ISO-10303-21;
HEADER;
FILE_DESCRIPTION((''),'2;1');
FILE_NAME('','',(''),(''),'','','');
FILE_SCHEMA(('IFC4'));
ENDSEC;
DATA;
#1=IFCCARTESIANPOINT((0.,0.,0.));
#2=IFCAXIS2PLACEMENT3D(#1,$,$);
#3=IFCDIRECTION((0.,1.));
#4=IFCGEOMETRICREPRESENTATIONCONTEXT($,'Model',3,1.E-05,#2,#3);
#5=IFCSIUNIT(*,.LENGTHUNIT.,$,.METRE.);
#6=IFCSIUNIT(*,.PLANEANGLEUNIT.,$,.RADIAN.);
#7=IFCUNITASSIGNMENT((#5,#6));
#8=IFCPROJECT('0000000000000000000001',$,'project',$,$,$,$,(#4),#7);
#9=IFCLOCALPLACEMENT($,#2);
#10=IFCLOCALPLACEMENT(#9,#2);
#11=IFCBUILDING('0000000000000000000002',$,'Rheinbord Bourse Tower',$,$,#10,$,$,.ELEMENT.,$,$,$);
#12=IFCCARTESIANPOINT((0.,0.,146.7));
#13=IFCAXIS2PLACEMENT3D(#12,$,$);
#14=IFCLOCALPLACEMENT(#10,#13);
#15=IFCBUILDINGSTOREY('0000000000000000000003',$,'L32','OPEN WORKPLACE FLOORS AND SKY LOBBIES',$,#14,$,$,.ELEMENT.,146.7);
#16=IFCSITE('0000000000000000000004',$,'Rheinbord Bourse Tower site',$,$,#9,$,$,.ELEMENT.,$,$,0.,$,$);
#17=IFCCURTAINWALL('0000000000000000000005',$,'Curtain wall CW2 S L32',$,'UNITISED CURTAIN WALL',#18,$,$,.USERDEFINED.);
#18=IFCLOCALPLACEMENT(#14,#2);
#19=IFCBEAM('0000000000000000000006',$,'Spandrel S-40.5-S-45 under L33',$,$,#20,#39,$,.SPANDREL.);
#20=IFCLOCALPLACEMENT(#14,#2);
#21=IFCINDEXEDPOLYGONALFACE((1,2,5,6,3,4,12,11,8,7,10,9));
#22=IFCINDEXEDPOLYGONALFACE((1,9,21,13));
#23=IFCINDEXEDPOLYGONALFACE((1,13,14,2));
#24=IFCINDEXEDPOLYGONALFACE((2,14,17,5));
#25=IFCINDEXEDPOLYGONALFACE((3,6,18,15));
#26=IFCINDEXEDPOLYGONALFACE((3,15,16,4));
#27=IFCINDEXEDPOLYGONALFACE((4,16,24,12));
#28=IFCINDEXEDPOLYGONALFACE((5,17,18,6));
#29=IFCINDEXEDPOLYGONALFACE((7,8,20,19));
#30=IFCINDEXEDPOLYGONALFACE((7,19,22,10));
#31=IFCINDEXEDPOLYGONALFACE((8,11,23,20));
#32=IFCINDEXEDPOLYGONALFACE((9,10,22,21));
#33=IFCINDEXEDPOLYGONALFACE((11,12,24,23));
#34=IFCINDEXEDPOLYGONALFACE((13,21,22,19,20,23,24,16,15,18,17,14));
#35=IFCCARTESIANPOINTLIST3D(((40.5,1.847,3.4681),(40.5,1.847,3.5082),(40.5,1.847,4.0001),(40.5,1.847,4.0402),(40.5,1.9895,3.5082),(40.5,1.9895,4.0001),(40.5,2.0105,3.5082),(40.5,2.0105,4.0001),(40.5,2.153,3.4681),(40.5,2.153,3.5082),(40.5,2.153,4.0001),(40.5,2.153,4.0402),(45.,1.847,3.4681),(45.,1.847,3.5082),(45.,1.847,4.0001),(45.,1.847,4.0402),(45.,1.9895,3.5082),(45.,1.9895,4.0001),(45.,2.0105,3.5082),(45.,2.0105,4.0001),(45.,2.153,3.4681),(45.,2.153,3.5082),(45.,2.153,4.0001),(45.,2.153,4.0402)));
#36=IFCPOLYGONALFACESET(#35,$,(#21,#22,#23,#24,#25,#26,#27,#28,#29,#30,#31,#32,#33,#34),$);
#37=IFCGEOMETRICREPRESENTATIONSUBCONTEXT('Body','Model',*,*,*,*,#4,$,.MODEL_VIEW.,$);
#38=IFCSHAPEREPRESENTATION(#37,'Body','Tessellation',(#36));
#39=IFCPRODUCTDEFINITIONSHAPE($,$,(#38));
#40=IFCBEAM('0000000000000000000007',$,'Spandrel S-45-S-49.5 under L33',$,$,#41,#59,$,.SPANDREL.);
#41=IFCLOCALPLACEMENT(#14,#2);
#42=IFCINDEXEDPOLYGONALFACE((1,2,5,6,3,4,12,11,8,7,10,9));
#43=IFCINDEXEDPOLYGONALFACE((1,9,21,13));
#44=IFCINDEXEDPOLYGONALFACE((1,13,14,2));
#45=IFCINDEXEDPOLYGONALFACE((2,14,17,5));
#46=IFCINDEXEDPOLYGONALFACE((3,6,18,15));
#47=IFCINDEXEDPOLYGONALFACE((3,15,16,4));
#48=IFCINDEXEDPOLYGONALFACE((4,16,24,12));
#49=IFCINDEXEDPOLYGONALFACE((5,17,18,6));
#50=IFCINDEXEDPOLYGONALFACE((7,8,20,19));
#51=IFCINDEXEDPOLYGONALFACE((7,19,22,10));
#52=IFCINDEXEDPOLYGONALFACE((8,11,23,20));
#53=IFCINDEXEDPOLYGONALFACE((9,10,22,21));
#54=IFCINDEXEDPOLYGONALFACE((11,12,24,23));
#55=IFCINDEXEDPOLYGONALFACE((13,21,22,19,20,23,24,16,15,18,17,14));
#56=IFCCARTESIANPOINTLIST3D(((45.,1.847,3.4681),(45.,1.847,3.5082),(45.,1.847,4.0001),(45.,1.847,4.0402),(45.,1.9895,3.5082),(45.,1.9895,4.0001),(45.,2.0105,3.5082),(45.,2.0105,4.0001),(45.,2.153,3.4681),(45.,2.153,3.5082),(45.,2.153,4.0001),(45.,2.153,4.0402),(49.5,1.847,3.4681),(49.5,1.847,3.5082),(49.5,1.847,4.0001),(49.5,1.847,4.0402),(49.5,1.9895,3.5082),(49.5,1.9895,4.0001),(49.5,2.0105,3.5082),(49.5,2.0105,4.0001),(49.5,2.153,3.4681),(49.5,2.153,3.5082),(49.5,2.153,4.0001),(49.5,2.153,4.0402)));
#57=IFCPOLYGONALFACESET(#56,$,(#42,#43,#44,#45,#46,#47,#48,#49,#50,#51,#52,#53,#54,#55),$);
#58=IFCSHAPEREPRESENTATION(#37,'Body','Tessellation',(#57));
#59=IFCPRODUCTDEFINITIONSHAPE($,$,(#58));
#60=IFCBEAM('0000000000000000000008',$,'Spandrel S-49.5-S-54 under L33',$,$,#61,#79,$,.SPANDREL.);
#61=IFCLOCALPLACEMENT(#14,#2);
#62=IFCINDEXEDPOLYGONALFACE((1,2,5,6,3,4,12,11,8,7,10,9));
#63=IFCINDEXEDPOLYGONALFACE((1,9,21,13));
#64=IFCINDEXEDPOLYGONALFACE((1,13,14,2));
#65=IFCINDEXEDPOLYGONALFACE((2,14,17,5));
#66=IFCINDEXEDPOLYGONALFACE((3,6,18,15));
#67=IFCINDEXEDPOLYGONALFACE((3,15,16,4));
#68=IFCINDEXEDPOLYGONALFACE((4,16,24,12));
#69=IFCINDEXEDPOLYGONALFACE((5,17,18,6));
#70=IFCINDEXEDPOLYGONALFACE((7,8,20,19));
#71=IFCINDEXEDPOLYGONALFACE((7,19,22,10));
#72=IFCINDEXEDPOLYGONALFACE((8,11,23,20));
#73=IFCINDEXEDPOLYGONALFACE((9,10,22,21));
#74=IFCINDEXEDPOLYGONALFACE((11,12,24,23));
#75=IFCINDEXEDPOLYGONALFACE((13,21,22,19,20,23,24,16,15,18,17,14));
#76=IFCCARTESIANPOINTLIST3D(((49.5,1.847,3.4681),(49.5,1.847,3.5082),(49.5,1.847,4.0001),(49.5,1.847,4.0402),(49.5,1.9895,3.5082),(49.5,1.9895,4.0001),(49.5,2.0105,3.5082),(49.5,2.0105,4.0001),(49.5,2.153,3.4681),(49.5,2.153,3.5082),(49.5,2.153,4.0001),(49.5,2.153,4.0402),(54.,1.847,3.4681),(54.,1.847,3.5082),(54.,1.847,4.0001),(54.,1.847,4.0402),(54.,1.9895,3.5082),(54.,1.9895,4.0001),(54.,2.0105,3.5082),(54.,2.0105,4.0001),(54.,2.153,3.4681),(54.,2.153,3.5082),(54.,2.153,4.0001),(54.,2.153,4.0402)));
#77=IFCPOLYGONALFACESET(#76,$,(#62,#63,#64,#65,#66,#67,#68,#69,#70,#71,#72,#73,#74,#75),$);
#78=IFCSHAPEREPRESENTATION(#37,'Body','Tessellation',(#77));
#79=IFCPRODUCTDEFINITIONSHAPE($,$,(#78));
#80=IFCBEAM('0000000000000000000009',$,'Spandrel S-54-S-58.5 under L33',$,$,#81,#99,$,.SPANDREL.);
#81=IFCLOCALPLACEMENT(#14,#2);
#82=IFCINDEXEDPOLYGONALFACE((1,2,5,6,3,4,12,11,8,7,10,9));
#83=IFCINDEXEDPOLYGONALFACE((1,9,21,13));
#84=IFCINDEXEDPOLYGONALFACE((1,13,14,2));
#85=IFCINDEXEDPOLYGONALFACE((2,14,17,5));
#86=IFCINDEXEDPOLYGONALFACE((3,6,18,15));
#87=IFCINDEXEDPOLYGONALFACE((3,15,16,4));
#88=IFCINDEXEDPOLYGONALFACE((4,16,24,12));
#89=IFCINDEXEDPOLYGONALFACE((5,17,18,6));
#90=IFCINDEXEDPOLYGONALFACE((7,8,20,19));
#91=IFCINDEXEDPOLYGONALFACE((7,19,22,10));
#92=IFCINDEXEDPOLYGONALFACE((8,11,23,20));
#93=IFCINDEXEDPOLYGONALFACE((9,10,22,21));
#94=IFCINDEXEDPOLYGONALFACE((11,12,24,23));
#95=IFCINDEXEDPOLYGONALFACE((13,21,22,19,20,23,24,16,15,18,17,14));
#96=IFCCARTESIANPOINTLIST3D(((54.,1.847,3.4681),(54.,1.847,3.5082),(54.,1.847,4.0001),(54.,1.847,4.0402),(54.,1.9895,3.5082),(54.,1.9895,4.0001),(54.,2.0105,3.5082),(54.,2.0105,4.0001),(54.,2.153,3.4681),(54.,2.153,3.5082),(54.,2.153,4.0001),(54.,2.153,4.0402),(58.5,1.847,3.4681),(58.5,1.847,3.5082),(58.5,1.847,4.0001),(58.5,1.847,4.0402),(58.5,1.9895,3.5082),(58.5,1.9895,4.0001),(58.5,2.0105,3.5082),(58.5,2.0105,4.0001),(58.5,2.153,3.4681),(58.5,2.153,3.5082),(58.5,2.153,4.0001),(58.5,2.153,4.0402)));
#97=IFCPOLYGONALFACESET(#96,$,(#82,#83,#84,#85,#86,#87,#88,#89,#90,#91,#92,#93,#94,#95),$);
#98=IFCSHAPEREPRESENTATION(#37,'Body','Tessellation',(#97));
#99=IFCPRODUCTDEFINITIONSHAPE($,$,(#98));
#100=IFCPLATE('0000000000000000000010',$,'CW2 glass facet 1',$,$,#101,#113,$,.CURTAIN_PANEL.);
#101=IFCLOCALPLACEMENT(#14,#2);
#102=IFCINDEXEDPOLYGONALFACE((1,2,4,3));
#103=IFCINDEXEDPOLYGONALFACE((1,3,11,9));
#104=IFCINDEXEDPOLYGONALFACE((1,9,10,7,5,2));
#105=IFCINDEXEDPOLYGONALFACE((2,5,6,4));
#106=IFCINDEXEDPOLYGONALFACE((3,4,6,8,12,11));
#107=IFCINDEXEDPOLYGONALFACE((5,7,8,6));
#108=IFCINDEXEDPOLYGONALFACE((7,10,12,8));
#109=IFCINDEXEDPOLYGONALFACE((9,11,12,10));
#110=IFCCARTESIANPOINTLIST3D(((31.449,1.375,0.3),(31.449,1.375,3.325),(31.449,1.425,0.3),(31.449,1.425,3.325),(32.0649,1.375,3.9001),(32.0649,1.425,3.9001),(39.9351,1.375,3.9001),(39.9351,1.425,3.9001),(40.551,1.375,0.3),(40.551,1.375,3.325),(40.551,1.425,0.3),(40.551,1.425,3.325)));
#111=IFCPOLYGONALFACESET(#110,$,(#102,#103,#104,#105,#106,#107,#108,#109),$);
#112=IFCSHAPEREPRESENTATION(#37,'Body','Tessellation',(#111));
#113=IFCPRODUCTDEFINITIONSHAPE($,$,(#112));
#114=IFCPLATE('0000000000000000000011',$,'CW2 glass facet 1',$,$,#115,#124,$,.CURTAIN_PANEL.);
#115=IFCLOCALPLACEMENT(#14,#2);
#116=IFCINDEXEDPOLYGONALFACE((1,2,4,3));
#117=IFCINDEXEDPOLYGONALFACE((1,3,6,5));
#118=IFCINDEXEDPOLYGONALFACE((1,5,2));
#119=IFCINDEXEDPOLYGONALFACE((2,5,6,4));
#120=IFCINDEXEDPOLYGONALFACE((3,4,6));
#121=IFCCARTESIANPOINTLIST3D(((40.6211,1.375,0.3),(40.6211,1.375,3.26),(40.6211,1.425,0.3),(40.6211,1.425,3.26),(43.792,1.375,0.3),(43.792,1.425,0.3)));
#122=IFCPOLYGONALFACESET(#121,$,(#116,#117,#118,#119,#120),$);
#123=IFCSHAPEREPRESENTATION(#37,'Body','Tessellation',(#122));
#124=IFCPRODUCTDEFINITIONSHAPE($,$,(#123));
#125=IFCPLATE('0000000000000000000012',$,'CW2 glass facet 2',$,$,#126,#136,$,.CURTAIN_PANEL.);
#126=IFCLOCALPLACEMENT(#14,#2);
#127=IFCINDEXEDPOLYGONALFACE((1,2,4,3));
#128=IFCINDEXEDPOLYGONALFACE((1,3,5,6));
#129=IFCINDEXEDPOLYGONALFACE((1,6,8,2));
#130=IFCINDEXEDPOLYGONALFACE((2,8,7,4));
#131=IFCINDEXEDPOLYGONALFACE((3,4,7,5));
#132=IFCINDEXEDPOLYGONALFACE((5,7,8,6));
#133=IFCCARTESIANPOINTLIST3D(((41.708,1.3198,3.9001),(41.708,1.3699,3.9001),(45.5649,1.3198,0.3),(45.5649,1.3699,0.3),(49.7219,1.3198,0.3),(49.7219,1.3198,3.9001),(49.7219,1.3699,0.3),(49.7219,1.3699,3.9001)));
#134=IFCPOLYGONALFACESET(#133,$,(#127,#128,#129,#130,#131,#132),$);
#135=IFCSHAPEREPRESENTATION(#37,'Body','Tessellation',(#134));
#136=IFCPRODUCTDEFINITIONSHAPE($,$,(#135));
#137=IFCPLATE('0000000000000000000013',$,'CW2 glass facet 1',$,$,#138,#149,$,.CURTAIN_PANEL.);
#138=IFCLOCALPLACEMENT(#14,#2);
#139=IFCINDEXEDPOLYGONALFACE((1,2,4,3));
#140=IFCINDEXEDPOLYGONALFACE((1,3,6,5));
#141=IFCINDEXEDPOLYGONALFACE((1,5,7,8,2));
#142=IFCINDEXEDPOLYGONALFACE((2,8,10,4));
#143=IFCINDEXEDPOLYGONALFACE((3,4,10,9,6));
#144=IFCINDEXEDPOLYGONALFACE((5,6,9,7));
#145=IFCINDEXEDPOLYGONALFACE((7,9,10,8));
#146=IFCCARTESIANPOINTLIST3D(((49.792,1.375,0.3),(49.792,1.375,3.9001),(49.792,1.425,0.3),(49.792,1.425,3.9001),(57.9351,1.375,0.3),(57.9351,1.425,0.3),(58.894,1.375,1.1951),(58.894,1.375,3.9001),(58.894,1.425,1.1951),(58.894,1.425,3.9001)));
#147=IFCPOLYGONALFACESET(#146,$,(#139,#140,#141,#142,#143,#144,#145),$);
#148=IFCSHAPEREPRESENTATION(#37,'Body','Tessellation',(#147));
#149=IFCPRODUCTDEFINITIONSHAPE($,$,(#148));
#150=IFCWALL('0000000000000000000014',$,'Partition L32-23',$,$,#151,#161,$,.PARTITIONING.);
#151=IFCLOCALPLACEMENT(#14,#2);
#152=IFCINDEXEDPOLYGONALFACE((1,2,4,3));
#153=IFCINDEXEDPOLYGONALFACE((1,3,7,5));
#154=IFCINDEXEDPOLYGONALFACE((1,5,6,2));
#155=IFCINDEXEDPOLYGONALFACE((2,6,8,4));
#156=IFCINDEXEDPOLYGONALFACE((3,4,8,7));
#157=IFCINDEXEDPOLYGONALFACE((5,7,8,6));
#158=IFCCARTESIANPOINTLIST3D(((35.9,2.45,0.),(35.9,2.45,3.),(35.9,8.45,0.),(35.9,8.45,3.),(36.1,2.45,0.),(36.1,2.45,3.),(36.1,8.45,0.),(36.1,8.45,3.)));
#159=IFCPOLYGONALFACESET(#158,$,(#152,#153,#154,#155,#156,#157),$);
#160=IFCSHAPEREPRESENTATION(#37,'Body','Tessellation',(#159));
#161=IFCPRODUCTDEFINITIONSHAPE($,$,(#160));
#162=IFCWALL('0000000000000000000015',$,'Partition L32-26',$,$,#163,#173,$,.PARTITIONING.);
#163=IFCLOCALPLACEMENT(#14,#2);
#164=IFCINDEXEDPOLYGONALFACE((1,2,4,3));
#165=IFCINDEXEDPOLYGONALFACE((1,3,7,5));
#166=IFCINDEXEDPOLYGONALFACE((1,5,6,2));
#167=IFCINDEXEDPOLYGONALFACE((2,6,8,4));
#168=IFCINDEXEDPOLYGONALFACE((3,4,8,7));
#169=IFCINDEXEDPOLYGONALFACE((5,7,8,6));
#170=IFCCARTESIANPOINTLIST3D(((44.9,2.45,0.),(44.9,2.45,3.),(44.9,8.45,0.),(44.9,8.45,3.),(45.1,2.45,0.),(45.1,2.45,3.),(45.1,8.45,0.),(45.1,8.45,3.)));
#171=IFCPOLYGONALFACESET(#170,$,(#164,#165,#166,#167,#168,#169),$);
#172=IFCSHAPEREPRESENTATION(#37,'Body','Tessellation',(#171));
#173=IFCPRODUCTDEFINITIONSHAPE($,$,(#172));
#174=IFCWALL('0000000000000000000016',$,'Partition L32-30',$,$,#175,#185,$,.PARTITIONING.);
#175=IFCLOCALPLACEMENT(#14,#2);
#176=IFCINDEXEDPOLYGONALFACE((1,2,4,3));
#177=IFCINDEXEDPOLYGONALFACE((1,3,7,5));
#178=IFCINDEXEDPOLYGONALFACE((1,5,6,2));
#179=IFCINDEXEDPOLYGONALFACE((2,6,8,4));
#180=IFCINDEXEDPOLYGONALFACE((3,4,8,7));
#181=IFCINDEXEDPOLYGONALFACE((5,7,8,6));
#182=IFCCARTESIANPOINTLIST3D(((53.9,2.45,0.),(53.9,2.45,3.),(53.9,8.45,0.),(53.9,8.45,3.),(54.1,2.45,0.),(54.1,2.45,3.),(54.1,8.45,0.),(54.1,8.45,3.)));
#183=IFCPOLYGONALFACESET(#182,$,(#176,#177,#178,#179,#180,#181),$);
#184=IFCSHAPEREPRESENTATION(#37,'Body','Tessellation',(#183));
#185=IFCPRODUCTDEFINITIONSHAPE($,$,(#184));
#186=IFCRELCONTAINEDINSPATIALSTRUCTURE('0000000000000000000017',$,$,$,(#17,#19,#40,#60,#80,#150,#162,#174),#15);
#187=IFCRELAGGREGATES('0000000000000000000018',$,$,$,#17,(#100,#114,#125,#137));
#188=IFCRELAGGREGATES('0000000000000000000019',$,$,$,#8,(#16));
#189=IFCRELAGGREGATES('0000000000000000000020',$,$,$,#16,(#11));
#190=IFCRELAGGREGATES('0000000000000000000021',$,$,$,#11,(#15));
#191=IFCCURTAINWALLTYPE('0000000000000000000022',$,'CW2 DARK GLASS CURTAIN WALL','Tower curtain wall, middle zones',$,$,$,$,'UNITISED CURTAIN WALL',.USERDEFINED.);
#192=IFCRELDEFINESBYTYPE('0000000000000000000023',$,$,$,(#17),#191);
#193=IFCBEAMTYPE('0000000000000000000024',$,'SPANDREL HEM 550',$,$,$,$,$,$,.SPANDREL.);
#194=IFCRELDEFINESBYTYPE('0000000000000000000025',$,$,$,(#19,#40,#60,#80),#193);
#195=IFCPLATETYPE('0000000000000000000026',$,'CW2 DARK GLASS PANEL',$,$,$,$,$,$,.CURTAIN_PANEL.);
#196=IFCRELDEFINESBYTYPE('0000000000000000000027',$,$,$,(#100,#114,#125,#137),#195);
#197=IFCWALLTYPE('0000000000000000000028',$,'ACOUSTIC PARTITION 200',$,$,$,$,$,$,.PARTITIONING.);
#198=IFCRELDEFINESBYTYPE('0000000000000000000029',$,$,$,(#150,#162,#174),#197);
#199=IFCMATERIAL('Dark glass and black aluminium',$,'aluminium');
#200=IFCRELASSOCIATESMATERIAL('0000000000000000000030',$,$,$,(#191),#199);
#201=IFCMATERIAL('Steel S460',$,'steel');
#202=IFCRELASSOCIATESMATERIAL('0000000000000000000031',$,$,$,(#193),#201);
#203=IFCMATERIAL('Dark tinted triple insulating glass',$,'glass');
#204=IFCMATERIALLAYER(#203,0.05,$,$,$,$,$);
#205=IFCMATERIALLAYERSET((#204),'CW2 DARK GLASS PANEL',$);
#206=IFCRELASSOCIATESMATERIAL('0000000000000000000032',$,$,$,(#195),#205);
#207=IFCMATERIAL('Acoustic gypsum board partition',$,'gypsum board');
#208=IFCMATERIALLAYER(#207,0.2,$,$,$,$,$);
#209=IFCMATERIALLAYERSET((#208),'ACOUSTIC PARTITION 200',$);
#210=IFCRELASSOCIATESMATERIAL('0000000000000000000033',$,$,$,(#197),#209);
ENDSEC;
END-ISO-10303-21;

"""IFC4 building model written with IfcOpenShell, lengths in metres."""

from ifc_helpers import new_model, si_unit, direction, frame, frame_2d, origin, origin_2d, place, context, subcontext, project, spatial, polyline, rectangle, i_section, outline, extrude, material, layer, layer_set, material_profile, profile_set, type_object, element, aggregate, save


model = new_model("IFC4")

# Units and contexts
model_context = context("Model", 3, precision=1e-05, world=origin(), true_north=direction((0.0, 1.0)))
body_context = subcontext(model_context, "Body", "Model", "MODEL_VIEW")
ifc_project = project(units=[si_unit("LENGTHUNIT", "METRE"), si_unit("PLANEANGLEUNIT", "RADIAN")], contexts=[model_context])

# Site, building, storey
site_placement = place(None, origin())
site = spatial("IfcSite", under=ifc_project, at=site_placement, Name="Rheinbord Bourse Tower site", CompositionType="ELEMENT", RefElevation=0.0)
building_placement = place(site_placement, origin())
building = spatial("IfcBuilding", under=site, at=building_placement, Name="Rheinbord Bourse Tower", CompositionType="ELEMENT")
storey_placement = place(building_placement, frame((0.0, 0.0, 146.7)))
storey = spatial("IfcBuildingStorey", under=building, at=storey_placement, Name="L32", Description="OPEN WORKPLACE FLOORS AND SKY LOBBIES", CompositionType="ELEMENT", Elevation=146.7)

# Curtain wall
ifc_material_1 = material(Name="Dark glass and black aluminium", Category="aluminium")
curtain_wall_type = type_object("IfcCurtainWallType", Name="CW2 DARK GLASS CURTAIN WALL", Description="Tower curtain wall, middle zones", ElementType="UNITISED CURTAIN WALL", PredefinedType="USERDEFINED", material=ifc_material_1)
curtain_wall_placement = place(storey_placement, origin())
curtain_wall = element("IfcCurtainWall", 1, at=curtain_wall_placement, inside=storey, type_object=curtain_wall_type, Name="Curtain wall CW2 S L32", ObjectType="UNITISED CURTAIN WALL", PredefinedType="USERDEFINED")

# Beams
ifc_material_2 = material(Name="Steel S460", Category="steel")
ifc_material_profile_1 = material_profile(ifc_material_2, i_section(OverallWidth=0.3059, OverallDepth=0.572, WebThickness=0.021, FlangeThickness=0.04, at=origin_2d()), Name="HEM 550")
ifc_profile_set_1 = profile_set([ifc_material_profile_1], Name="Steel S460")
beam_type_1 = type_object("IfcBeamType", Name="SPANDREL HEM 550", PredefinedType="SPANDREL", material=ifc_profile_set_1)
for number, where, z_axis, x_axis, name in (
    (2, (40.5, 2.0, 3.7542), (1.0, 0.0, 0.0), (0.0, 1.0, 0.0), "Spandrel S-40.5-S-45 under L33"),
    (3, (45.0, 2.0, 3.7542), (1.0, 0.0, 0.0), (0.0, 1.0, 0.0), "Spandrel S-45-S-49.5 under L33"),
    (4, (49.5, 2.0, 3.7542), (1.0, 0.0, 0.0), (0.0, 1.0, 0.0), "Spandrel S-49.5-S-54 under L33"),
    (5, (54.0, 2.0, 3.7542), (1.0, 0.0, 0.0), (0.0, 1.0, 0.0), "Spandrel S-54-S-58.5 under L33"),
):
    element("IfcBeam", number, at=place(storey_placement, frame(where, z_axis=z_axis, x_axis=x_axis)), inside=storey, type_object=beam_type_1, Name=name, PredefinedType="SPANDREL", context=body_context, shape_type="SweptSolid", body=[
        extrude(i_section(OverallWidth=0.3059, OverallDepth=0.572, WebThickness=0.021, FlangeThickness=0.04, at=origin_2d()), origin(), (0.0, 0.0, 1.0), 4.5),
    ])

# Plates
ifc_material_3 = material(Name="Dark tinted triple insulating glass", Category="glass")
ifc_layer_1 = layer(ifc_material_3, 0.05)
ifc_layer_set_1 = layer_set([ifc_layer_1], Name="CW2 DARK GLASS PANEL")
plate_type = type_object("IfcPlateType", Name="CW2 DARK GLASS PANEL", PredefinedType="CURTAIN_PANEL", material=ifc_layer_set_1)
plate_1_placement = place(storey_placement, frame((40.551, 1.375, 0.3), z_axis=(0.0, 1.0, 0.0), x_axis=(-1.0, 0.0, 0.0)))
plate_1 = element("IfcPlate", 6, at=plate_1_placement, type_object=plate_type, Name="CW2 glass facet 1", PredefinedType="CURTAIN_PANEL", context=body_context, shape_type="SweptSolid", body=[
    extrude(outline(polyline([(0.0, 0.0), (9.1021, 0.0), (9.1021, 3.0249), (8.4861, 3.6001), (0.616, 3.6001), (0.0, 3.0249), (0.0, 0.0)])), origin(), (0.0, 0.0, 1.0), 0.05),
])
plate_2_placement = place(storey_placement, frame((40.6211, 1.375, 0.3), z_axis=(0.0, 1.0, 0.0), x_axis=(0.0, 0.0, 1.0)))
plate_2 = element("IfcPlate", 7, at=plate_2_placement, type_object=plate_type, Name="CW2 glass facet 1", PredefinedType="CURTAIN_PANEL", context=body_context, shape_type="SweptSolid", body=[
    extrude(outline(polyline([(0.0, 0.0), (2.96, 0.0), (0.0, 3.1709), (0.0, 0.0)])), origin(), (0.0, 0.0, 1.0), 0.05),
])
plate_3_placement = place(storey_placement, frame((49.7219, 1.3198, 3.9001), z_axis=(0.0, 1.0, 0.0), x_axis=(0.0, 0.0, -1.0)))
plate_3 = element("IfcPlate", 8, at=plate_3_placement, type_object=plate_type, Name="CW2 glass facet 2", PredefinedType="CURTAIN_PANEL", context=body_context, shape_type="SweptSolid", body=[
    extrude(outline(polyline([(0.0, 0.0), (3.6001, 0.0), (3.6001, 4.157), (0.0, 8.0139), (0.0, 0.0)])), origin(), (0.0, 0.0, 1.0), 0.05),
])
plate_4_placement = place(storey_placement, frame((49.792, 1.375, 0.3), z_axis=(0.0, 1.0, 0.0), x_axis=(0.0, 0.0, 1.0)))
plate_4 = element("IfcPlate", 9, at=plate_4_placement, type_object=plate_type, Name="CW2 glass facet 1", PredefinedType="CURTAIN_PANEL", context=body_context, shape_type="SweptSolid", body=[
    extrude(outline(polyline([(0.0, 0.0), (3.6001, 0.0), (3.6001, 9.1021), (0.895, 9.1021), (0.0, 8.1431), (0.0, 0.0)])), origin(), (0.0, 0.0, 1.0), 0.05),
])
aggregate(curtain_wall, [plate_1, plate_2, plate_3, plate_4])

# Walls
ifc_material_4 = material(Name="Acoustic gypsum board partition", Category="gypsum board")
ifc_layer_2 = layer(ifc_material_4, 0.2)
ifc_layer_set_2 = layer_set([ifc_layer_2], Name="ACOUSTIC PARTITION 200")
wall_type = type_object("IfcWallType", Name="ACOUSTIC PARTITION 200", PredefinedType="PARTITIONING", material=ifc_layer_set_2)
for number, where, z_axis, x_axis, name in (
    (10, (36.0, 2.45, 0.0), (0.0, 0.0, 1.0), (0.0, 1.0, 0.0), "Partition L32-23"),
    (11, (45.0, 2.45, 0.0), (0.0, 0.0, 1.0), (0.0, 1.0, 0.0), "Partition L32-26"),
    (12, (54.0, 2.45, 0.0), (0.0, 0.0, 1.0), (0.0, 1.0, 0.0), "Partition L32-30"),
):
    element("IfcWall", number, at=place(storey_placement, frame(where, z_axis=z_axis, x_axis=x_axis)), inside=storey, type_object=wall_type, Name=name, PredefinedType="PARTITIONING", context=body_context, shape_type="SweptSolid", body=[
        extrude(rectangle(XDim=6.0, YDim=0.2, at=frame_2d((3.0, 0.0))), origin(), (0.0, 0.0, 1.0), 3.0),
    ])

save(model, "model.ifc")
